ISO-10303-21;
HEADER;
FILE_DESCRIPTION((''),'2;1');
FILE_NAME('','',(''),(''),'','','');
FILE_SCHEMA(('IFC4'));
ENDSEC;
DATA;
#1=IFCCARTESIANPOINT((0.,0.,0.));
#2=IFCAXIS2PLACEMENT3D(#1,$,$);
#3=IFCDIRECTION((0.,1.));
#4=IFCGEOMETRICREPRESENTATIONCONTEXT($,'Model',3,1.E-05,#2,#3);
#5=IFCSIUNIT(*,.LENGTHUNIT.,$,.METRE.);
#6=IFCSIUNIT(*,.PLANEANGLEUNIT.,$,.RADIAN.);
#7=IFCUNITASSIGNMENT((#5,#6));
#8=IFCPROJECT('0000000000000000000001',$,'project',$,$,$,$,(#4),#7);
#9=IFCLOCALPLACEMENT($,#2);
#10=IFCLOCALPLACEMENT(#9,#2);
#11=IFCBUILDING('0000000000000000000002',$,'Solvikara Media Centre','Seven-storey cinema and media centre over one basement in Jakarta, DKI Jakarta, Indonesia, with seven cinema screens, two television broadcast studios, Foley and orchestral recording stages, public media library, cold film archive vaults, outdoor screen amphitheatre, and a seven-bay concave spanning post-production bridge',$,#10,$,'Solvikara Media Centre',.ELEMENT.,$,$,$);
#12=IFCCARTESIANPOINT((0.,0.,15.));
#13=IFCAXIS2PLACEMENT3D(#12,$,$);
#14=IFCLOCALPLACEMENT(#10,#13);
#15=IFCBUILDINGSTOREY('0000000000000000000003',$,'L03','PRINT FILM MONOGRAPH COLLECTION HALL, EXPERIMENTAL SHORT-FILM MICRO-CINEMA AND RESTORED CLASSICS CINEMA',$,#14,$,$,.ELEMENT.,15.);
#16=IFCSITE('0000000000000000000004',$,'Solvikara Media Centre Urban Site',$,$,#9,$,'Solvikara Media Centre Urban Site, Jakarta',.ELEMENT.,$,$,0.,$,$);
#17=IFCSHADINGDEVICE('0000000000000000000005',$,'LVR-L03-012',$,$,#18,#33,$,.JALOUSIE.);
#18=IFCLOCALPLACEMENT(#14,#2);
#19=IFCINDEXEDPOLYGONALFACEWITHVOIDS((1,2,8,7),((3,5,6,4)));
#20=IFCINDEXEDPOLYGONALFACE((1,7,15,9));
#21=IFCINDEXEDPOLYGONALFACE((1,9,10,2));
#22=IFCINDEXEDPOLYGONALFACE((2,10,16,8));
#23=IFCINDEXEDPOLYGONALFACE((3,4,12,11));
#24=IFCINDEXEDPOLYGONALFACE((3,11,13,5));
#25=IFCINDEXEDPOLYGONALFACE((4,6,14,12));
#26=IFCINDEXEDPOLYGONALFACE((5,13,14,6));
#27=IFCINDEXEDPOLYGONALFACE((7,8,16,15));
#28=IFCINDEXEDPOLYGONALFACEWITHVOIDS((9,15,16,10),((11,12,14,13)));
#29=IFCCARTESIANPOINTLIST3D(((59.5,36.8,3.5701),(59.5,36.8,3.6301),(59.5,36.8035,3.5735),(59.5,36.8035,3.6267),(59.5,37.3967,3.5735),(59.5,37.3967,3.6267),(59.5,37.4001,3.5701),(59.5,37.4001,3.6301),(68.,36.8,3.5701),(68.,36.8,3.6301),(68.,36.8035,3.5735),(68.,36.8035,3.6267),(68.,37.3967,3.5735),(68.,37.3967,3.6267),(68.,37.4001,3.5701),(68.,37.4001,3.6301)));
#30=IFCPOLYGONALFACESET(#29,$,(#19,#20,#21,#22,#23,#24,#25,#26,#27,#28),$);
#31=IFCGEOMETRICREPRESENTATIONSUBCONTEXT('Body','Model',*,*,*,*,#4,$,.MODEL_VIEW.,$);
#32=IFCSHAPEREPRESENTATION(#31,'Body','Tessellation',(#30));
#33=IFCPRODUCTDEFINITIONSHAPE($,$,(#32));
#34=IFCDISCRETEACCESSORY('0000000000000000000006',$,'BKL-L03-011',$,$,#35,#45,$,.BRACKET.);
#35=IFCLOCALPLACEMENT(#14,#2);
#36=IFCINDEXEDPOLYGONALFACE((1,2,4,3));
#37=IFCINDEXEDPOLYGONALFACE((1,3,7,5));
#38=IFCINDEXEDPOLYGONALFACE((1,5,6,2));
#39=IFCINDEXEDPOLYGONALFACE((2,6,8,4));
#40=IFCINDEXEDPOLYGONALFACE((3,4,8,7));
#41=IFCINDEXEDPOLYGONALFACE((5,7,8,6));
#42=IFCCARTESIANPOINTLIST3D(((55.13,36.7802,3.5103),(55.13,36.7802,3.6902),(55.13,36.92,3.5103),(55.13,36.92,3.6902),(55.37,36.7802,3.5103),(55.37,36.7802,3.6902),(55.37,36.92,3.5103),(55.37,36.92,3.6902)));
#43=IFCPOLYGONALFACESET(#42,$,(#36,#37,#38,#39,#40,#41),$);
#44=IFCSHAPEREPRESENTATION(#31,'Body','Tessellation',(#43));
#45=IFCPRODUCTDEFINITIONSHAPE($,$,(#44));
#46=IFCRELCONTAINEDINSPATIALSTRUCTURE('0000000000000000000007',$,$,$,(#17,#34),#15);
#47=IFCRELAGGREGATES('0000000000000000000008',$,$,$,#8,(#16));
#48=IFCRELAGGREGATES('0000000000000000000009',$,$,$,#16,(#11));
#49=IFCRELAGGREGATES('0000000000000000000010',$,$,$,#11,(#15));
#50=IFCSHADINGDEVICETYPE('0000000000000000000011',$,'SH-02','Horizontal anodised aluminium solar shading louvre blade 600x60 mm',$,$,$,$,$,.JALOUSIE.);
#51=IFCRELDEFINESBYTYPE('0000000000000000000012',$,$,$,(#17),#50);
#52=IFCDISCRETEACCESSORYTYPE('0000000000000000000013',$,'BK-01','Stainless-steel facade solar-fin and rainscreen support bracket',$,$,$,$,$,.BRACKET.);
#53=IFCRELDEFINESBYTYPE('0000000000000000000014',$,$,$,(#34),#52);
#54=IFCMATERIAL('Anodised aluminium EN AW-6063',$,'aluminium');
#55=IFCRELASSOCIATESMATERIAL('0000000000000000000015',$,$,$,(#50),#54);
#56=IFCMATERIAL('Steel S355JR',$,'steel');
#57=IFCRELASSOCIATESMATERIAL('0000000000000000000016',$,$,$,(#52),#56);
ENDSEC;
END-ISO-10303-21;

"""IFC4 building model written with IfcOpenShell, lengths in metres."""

from ifc_helpers import new_model, si_unit, direction, frame, origin, origin_2d, place, context, subcontext, project, spatial, rectangle, hollow_rectangle, extrude, material, material_profile, profile_set, type_object, element, save


model = new_model("IFC4")

# Units and contexts
model_context = context("Model", 3, precision=1e-05, world=origin(), true_north=direction((0.0, 1.0)))
body_context = subcontext(model_context, "Body", "Model", "MODEL_VIEW")
ifc_project = project(units=[si_unit("LENGTHUNIT", "METRE"), si_unit("PLANEANGLEUNIT", "RADIAN")], contexts=[model_context])

# Site, building, storey
site_placement = place(None, origin())
site = spatial("IfcSite", under=ifc_project, at=site_placement, Name="Solvikara Media Centre Urban Site", LongName="Solvikara Media Centre Urban Site, Jakarta", CompositionType="ELEMENT", RefElevation=0.0)
building_placement = place(site_placement, origin())
building = spatial("IfcBuilding", under=site, at=building_placement, Name="Solvikara Media Centre", Description="Seven-storey cinema and media centre over one basement in Jakarta, DKI Jakarta, Indonesia, with seven cinema screens, two television broadcast studios, Foley and orchestral recording stages, public media library, cold film archive vaults, outdoor screen amphitheatre, and a seven-bay concave spanning post-production bridge", LongName="Solvikara Media Centre", CompositionType="ELEMENT")
storey_placement = place(building_placement, frame((0.0, 0.0, 15.0)))
storey = spatial("IfcBuildingStorey", under=building, at=storey_placement, Name="L03", Description="PRINT FILM MONOGRAPH COLLECTION HALL, EXPERIMENTAL SHORT-FILM MICRO-CINEMA AND RESTORED CLASSICS CINEMA", CompositionType="ELEMENT", Elevation=15.0)

# Shared definitions
ifc_material_1 = material(Name="Steel S355JR", Category="steel")

# Shared definitions
ifc_material_2 = material(Name="Anodised aluminium EN AW-6063", Category="aluminium")

# Shading device
ifc_material_profile_1 = material_profile(ifc_material_2, hollow_rectangle(XDim=0.6001, YDim=0.0601, WallThickness=0.0034, at=origin_2d()), Name="ALU-LOUVRE 60x600x3.5")
ifc_profile_set_1 = profile_set([ifc_material_profile_1], Name="Anodised aluminium EN AW-6063")
shading_device_type = type_object("IfcShadingDeviceType", Name="SH-02", Description="Horizontal anodised aluminium solar shading louvre blade 600x60 mm", PredefinedType="JALOUSIE", material=ifc_profile_set_1)
shading_device_placement = place(storey_placement, frame((59.5, 37.1001, 3.6001), z_axis=(1.0, 0.0, 0.0), x_axis=(0.0, 1.0, 0.0)))
element("IfcShadingDevice", 1, at=shading_device_placement, inside=storey, type_object=shading_device_type, Name="LVR-L03-012", PredefinedType="JALOUSIE", context=body_context, shape_type="SweptSolid", body=[
    extrude(hollow_rectangle(XDim=0.6001, YDim=0.0601, WallThickness=0.0034, at=origin_2d()), origin(), (0.0, 0.0, 1.0), 8.5),
])

# Discrete accessory
discrete_accessory_type = type_object("IfcDiscreteAccessoryType", Name="BK-01", Description="Stainless-steel facade solar-fin and rainscreen support bracket", PredefinedType="BRACKET", material=ifc_material_1)
discrete_accessory_placement = place(storey_placement, frame((55.25, 36.8501, 3.5103), z_axis=(0.0, 0.0, 1.0), x_axis=(1.0, 0.0, 0.0)))
element("IfcDiscreteAccessory", 2, at=discrete_accessory_placement, inside=storey, type_object=discrete_accessory_type, Name="BKL-L03-011", PredefinedType="BRACKET", context=body_context, shape_type="SweptSolid", body=[
    extrude(rectangle(XDim=0.24, YDim=0.1399, at=origin_2d()), origin(), (0.0, 0.0, 1.0), 0.1799),
])

save(model, "model.ifc")
